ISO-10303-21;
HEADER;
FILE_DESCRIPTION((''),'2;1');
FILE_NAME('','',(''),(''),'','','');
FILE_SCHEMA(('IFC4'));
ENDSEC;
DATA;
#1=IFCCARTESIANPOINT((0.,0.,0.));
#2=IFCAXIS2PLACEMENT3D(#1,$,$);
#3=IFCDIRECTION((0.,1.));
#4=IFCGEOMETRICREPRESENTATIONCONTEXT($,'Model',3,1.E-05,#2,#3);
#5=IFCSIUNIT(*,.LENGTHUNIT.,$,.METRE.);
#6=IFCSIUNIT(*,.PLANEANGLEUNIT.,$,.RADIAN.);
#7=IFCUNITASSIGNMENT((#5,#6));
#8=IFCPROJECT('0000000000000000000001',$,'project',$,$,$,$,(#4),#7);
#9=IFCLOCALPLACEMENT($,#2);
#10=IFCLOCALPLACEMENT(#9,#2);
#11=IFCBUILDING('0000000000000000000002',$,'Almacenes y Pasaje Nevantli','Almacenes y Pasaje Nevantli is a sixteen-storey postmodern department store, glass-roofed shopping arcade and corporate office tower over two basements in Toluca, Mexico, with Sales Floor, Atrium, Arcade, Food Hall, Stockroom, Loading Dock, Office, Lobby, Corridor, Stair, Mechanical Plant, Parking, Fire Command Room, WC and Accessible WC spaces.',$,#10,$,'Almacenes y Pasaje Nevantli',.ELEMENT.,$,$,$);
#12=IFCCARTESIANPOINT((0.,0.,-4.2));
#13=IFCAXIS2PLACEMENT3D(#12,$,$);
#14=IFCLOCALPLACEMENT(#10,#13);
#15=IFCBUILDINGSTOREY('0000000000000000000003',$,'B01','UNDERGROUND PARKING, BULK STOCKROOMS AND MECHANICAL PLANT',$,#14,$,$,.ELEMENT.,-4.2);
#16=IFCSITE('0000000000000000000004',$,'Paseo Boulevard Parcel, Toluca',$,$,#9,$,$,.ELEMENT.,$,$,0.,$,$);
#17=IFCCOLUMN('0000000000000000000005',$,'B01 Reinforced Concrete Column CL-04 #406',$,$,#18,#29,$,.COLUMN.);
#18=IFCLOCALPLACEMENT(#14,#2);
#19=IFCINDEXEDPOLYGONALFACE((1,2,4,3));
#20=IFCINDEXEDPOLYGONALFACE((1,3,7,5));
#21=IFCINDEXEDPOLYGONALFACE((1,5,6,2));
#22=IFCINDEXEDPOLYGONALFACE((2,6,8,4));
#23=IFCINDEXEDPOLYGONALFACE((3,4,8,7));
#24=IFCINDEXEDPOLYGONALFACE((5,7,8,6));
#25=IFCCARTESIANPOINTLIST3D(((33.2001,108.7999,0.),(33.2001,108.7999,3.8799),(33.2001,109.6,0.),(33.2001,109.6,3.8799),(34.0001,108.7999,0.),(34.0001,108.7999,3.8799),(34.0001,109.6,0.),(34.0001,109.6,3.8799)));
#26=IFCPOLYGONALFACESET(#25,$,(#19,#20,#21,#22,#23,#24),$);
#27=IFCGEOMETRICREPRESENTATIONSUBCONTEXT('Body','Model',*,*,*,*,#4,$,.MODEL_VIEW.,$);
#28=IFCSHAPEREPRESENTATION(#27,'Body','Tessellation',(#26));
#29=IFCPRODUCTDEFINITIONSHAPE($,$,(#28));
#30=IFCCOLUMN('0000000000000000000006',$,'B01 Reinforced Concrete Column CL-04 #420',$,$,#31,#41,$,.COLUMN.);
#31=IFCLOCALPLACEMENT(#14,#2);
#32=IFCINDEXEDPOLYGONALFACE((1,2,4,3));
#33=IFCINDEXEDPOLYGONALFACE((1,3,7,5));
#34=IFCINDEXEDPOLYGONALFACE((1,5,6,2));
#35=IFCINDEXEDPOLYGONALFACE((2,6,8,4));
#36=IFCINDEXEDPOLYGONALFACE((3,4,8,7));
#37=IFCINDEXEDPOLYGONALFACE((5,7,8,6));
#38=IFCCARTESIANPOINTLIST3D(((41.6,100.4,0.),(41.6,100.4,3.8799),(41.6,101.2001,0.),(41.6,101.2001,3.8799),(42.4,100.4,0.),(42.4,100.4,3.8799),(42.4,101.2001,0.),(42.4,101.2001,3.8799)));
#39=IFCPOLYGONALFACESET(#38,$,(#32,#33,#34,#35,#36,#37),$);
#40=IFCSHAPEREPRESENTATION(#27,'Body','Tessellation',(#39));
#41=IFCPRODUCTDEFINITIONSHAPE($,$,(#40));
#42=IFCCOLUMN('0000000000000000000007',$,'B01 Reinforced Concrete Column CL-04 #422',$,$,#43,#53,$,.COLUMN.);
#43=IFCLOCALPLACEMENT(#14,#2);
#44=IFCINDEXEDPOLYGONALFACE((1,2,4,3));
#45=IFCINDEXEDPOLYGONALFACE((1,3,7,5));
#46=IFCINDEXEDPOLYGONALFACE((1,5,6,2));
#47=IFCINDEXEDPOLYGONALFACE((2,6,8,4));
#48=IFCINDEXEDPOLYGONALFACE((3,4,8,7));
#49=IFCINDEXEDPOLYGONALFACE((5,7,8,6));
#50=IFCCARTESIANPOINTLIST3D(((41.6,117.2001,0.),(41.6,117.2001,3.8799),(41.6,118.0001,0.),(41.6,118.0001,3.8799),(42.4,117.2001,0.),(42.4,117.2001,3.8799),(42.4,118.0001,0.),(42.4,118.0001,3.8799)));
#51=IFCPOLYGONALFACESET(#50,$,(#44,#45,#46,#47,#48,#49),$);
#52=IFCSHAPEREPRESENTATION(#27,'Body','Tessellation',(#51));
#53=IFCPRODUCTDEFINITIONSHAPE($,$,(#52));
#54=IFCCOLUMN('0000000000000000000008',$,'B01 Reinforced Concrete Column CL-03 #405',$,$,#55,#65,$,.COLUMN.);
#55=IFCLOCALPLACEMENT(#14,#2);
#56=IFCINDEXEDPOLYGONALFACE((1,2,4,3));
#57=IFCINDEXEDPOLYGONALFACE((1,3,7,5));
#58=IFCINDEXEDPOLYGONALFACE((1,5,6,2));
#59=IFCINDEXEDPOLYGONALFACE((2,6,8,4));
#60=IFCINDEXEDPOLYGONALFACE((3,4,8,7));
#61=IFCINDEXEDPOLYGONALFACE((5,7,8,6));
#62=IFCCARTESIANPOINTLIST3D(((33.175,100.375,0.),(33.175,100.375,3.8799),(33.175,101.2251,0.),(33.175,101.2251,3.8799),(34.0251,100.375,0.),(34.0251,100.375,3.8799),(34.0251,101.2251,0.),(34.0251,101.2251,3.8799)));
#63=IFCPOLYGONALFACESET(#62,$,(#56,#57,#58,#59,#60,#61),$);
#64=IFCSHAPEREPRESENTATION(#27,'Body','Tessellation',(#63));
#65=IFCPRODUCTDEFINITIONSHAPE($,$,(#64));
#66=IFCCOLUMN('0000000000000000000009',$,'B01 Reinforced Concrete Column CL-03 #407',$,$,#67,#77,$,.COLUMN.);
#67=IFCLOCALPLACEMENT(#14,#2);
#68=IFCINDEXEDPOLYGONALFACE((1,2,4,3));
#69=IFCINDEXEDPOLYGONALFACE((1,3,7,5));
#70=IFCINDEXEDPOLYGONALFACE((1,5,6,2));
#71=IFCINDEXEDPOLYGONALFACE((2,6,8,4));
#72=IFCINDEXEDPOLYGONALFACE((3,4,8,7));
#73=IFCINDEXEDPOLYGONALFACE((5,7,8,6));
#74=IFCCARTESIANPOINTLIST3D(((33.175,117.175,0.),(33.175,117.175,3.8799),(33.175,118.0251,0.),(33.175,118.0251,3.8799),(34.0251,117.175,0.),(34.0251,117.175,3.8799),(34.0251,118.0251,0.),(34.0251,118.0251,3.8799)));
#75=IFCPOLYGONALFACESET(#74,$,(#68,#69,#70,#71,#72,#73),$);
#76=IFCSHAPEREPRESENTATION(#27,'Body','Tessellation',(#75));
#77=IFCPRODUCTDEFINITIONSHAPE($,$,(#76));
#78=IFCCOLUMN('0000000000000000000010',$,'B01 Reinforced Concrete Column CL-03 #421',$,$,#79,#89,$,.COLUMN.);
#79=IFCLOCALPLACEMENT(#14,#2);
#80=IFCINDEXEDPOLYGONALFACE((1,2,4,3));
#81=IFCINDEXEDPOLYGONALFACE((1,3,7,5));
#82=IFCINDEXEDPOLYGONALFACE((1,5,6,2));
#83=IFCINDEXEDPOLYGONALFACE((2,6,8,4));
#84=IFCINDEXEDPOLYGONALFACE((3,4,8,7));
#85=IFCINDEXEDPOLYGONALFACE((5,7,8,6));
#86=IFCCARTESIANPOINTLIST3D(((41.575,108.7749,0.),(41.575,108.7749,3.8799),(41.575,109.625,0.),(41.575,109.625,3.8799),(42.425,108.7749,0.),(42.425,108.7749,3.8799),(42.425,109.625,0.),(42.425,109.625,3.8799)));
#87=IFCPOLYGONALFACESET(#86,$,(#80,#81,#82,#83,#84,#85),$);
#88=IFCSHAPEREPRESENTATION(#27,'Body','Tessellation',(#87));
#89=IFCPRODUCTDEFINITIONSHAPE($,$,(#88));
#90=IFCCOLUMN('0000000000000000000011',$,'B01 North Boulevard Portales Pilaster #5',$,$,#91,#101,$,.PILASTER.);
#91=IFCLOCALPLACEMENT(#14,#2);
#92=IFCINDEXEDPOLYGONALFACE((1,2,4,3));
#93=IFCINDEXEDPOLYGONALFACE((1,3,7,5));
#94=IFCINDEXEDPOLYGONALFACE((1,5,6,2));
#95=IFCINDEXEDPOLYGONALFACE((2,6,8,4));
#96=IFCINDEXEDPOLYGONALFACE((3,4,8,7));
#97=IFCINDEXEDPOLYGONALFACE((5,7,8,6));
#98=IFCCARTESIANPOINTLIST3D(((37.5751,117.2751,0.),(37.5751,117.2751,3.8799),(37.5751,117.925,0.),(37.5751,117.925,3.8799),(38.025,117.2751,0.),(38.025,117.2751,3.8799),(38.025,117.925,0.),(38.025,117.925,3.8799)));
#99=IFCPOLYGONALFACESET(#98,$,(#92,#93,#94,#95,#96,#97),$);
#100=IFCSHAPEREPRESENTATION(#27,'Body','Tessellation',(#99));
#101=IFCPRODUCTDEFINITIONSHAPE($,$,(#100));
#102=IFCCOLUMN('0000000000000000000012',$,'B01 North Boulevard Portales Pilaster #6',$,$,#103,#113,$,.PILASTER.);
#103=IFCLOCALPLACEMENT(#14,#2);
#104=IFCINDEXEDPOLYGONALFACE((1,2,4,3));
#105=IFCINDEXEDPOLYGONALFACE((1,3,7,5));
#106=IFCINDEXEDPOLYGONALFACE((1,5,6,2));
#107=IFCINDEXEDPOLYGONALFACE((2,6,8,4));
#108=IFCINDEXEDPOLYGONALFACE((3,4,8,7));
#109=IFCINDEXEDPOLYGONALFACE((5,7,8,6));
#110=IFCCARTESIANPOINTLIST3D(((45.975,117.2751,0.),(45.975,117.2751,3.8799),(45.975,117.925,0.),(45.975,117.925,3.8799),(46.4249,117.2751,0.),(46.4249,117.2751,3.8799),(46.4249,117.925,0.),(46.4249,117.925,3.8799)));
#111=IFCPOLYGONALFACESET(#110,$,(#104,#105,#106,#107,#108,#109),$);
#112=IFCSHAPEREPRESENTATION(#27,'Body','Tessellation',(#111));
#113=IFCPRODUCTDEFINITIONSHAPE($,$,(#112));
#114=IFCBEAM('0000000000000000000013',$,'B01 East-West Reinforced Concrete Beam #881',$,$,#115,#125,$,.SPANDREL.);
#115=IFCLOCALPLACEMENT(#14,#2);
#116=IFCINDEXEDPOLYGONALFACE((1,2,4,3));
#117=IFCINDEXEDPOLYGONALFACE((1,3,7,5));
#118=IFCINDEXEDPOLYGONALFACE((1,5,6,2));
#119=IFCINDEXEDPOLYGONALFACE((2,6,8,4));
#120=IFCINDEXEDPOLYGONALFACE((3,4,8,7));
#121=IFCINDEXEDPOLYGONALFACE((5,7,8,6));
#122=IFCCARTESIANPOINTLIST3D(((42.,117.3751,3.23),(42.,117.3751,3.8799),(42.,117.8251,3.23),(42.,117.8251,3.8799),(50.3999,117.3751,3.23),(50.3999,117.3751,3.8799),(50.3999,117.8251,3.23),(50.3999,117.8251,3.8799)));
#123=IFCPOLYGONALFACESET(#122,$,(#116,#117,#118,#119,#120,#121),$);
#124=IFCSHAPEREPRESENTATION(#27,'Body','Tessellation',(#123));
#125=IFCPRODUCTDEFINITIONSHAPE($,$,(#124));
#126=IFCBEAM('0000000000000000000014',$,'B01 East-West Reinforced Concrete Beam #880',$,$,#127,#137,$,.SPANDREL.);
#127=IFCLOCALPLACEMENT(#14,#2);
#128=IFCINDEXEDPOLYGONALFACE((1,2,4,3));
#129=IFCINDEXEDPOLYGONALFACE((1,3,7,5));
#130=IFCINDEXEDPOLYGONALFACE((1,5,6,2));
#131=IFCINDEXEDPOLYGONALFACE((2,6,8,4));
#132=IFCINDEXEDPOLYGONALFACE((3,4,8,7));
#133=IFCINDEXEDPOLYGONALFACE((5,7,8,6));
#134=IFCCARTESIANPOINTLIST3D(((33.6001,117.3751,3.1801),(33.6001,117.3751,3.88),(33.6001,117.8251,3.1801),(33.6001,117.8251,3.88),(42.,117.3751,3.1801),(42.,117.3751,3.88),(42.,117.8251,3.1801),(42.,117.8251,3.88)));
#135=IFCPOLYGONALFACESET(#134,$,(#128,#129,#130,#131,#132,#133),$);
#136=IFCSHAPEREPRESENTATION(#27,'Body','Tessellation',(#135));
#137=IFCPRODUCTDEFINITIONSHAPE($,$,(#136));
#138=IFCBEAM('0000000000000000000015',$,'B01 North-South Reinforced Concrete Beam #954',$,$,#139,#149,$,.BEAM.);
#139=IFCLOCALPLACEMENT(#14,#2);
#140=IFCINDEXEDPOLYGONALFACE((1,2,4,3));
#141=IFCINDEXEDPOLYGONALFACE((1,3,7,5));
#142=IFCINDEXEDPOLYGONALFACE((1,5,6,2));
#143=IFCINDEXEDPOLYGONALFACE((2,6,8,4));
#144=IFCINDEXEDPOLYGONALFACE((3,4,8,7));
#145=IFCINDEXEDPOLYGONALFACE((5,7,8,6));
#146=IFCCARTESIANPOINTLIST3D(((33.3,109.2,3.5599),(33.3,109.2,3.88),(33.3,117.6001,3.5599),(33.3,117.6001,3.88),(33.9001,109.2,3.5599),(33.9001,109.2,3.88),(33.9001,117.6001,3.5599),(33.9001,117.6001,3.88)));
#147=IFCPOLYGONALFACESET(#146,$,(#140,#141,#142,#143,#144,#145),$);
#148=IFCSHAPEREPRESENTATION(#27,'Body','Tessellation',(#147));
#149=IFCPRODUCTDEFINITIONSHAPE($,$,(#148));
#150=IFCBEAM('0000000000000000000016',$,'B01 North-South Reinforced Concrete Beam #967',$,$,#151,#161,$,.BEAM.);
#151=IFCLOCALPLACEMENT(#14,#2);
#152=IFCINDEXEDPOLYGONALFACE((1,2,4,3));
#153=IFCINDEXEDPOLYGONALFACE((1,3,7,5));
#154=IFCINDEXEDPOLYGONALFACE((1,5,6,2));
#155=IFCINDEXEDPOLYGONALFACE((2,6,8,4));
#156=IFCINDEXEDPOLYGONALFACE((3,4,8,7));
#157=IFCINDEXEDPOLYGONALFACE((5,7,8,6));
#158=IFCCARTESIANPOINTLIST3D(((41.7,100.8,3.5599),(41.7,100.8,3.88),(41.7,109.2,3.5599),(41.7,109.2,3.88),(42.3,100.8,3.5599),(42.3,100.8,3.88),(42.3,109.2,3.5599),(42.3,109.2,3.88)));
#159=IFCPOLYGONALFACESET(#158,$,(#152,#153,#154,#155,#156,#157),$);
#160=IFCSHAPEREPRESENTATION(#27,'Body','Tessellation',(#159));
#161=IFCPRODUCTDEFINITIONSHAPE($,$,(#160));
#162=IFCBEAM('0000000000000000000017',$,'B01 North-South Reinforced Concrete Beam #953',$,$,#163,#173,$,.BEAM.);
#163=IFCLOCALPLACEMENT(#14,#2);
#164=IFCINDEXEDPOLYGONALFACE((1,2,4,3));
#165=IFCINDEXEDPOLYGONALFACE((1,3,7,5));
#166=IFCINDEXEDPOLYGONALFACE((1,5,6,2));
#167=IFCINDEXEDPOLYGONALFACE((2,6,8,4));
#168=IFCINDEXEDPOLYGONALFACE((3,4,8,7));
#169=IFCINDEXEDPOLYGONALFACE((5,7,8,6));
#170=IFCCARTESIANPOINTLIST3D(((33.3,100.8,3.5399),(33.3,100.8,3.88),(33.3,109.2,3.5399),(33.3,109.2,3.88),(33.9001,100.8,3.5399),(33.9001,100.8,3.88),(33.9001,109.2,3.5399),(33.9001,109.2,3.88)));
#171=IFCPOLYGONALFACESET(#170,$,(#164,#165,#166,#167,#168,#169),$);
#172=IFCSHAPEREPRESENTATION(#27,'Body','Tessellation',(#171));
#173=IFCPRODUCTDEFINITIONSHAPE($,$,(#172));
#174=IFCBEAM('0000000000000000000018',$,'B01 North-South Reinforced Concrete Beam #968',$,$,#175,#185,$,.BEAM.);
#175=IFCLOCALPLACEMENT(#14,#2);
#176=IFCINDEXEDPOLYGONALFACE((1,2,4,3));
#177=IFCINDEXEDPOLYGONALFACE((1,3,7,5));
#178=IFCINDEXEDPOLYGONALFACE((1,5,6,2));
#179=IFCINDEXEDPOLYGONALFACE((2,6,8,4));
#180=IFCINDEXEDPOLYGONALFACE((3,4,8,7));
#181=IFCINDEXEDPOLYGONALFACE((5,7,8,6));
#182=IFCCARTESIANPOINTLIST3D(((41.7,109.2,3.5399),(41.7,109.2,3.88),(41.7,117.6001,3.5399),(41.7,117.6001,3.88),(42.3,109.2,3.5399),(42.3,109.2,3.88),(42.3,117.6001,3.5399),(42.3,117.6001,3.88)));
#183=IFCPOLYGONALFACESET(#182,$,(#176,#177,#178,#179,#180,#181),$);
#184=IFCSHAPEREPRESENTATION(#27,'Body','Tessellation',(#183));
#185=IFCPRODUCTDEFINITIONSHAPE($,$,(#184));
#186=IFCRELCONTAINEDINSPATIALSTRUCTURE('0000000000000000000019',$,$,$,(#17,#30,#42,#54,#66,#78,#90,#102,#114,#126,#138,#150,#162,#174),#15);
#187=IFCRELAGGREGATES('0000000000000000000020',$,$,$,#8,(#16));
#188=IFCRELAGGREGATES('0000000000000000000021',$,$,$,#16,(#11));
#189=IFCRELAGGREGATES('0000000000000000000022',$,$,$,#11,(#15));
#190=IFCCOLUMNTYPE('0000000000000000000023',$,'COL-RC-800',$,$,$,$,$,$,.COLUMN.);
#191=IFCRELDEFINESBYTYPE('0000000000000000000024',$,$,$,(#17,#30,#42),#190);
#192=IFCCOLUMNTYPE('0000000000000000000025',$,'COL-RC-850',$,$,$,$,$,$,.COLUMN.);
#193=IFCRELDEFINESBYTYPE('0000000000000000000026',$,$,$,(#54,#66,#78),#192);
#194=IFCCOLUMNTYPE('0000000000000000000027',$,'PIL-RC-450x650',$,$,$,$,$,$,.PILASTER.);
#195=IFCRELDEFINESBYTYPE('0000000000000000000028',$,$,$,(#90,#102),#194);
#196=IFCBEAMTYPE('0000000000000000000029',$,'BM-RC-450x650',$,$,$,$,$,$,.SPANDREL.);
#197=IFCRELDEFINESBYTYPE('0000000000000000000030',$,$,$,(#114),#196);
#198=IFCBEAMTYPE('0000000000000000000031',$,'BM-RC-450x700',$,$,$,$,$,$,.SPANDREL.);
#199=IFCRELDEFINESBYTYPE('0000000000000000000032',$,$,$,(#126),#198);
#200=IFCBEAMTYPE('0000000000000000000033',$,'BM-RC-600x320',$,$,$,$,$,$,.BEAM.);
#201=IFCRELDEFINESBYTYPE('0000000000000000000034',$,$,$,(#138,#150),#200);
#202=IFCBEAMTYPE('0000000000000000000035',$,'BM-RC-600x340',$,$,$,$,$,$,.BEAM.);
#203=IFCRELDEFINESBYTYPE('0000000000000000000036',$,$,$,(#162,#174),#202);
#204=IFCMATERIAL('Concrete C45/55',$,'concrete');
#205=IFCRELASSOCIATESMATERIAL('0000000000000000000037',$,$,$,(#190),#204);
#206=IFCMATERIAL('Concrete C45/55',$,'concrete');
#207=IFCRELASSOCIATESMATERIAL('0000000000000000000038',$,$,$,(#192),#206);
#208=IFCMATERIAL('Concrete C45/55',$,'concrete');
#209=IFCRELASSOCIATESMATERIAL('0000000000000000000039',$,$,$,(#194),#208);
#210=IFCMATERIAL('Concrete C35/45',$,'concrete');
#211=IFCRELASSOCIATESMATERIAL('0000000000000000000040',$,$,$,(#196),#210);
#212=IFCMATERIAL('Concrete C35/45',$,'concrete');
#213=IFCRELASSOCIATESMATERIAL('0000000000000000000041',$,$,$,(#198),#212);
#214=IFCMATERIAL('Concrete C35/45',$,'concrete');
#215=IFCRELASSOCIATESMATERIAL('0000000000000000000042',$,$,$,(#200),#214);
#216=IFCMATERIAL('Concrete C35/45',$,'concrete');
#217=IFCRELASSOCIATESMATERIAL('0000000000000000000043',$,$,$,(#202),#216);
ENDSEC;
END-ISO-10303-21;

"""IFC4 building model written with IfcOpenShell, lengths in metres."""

from ifc_helpers import new_model, si_unit, direction, frame, origin, origin_2d, place, context, subcontext, project, spatial, rectangle, extrude, material, material_profile, profile_set, type_object, element, save


model = new_model("IFC4")

# Units and contexts
model_context = context("Model", 3, precision=1e-05, world=origin(), true_north=direction((0.0, 1.0)))
body_context = subcontext(model_context, "Body", "Model", "MODEL_VIEW")
ifc_project = project(units=[si_unit("LENGTHUNIT", "METRE"), si_unit("PLANEANGLEUNIT", "RADIAN")], contexts=[model_context])

# Site, building, storey
site_placement = place(None, origin())
site = spatial("IfcSite", under=ifc_project, at=site_placement, Name="Paseo Boulevard Parcel, Toluca", CompositionType="ELEMENT", RefElevation=0.0)
building_placement = place(site_placement, origin())
building = spatial("IfcBuilding", under=site, at=building_placement, Name="Almacenes y Pasaje Nevantli", Description="Almacenes y Pasaje Nevantli is a sixteen-storey postmodern department store, glass-roofed shopping arcade and corporate office tower over two basements in Toluca, Mexico, with Sales Floor, Atrium, Arcade, Food Hall, Stockroom, Loading Dock, Office, Lobby, Corridor, Stair, Mechanical Plant, Parking, Fire Command Room, WC and Accessible WC spaces.", LongName="Almacenes y Pasaje Nevantli", CompositionType="ELEMENT")
storey_placement = place(building_placement, frame((0.0, 0.0, -4.2)))
storey = spatial("IfcBuildingStorey", under=building, at=storey_placement, Name="B01", Description="UNDERGROUND PARKING, BULK STOCKROOMS AND MECHANICAL PLANT", CompositionType="ELEMENT", Elevation=-4.2)

# Columns
ifc_material_1 = material(Name="Concrete C45/55", Category="concrete")
ifc_material_profile_1 = material_profile(ifc_material_1, rectangle(XDim=0.8, YDim=0.8, at=origin_2d()), Name="RC-COL-800x800")
ifc_profile_set_1 = profile_set([ifc_material_profile_1], Name="Concrete C45/55")
column_type_1 = type_object("IfcColumnType", Name="COL-RC-800", PredefinedType="COLUMN", material=ifc_profile_set_1)
for number, where, z_axis, x_axis, name in (
    (1, (33.6001, 109.2, 0.0), (0.0, 0.0, 1.0), (1.0, 0.0, 0.0), "B01 Reinforced Concrete Column CL-04 #406"),
    (2, (42.0, 100.8, 0.0), (0.0, 0.0, 1.0), (1.0, 0.0, 0.0), "B01 Reinforced Concrete Column CL-04 #420"),
    (3, (42.0, 117.6001, 0.0), (0.0, 0.0, 1.0), (1.0, 0.0, 0.0), "B01 Reinforced Concrete Column CL-04 #422"),
):
    element("IfcColumn", number, at=place(storey_placement, frame(where, z_axis=z_axis, x_axis=x_axis)), inside=storey, type_object=column_type_1, Name=name, PredefinedType="COLUMN", context=body_context, shape_type="SweptSolid", body=[
        extrude(rectangle(XDim=0.8, YDim=0.8, at=origin_2d()), origin(), (0.0, 0.0, 1.0), 3.8799),
    ])
ifc_material_2 = material(Name="Concrete C45/55", Category="concrete")
ifc_material_profile_2 = material_profile(ifc_material_2, rectangle(XDim=0.8501, YDim=0.8501, at=origin_2d()), Name="RC-COL-850x850")
ifc_profile_set_2 = profile_set([ifc_material_profile_2], Name="Concrete C45/55")
column_type_2 = type_object("IfcColumnType", Name="COL-RC-850", PredefinedType="COLUMN", material=ifc_profile_set_2)
for number, where, z_axis, x_axis, name in (
    (4, (33.6001, 100.8, 0.0), (0.0, 0.0, 1.0), (1.0, 0.0, 0.0), "B01 Reinforced Concrete Column CL-03 #405"),
    (5, (33.6001, 117.6001, 0.0), (0.0, 0.0, 1.0), (1.0, 0.0, 0.0), "B01 Reinforced Concrete Column CL-03 #407"),
    (6, (42.0, 109.2, 0.0), (0.0, 0.0, 1.0), (1.0, 0.0, 0.0), "B01 Reinforced Concrete Column CL-03 #421"),
):
    element("IfcColumn", number, at=place(storey_placement, frame(where, z_axis=z_axis, x_axis=x_axis)), inside=storey, type_object=column_type_2, Name=name, PredefinedType="COLUMN", context=body_context, shape_type="SweptSolid", body=[
        extrude(rectangle(XDim=0.8501, YDim=0.8501, at=origin_2d()), origin(), (0.0, 0.0, 1.0), 3.8799),
    ])
ifc_material_3 = material(Name="Concrete C45/55", Category="concrete")
ifc_material_profile_3 = material_profile(ifc_material_3, rectangle(XDim=0.45, YDim=0.6499, at=origin_2d()), Name="RC-PIL-450x650")
ifc_profile_set_3 = profile_set([ifc_material_profile_3], Name="Concrete C45/55")
column_type_3 = type_object("IfcColumnType", Name="PIL-RC-450x650", PredefinedType="PILASTER", material=ifc_profile_set_3)
for number, where, z_axis, x_axis, name in (
    (7, (37.8, 117.6001, 0.0), (0.0, 0.0, 1.0), (1.0, 0.0, 0.0), "B01 North Boulevard Portales Pilaster #5"),
    (8, (46.2, 117.6001, 0.0), (0.0, 0.0, 1.0), (1.0, 0.0, 0.0), "B01 North Boulevard Portales Pilaster #6"),
):
    element("IfcColumn", number, at=place(storey_placement, frame(where, z_axis=z_axis, x_axis=x_axis)), inside=storey, type_object=column_type_3, Name=name, PredefinedType="PILASTER", context=body_context, shape_type="SweptSolid", body=[
        extrude(rectangle(XDim=0.45, YDim=0.6499, at=origin_2d()), origin(), (0.0, 0.0, 1.0), 3.8799),
    ])

# Beams
ifc_material_4 = material(Name="Concrete C35/45", Category="concrete")
ifc_material_profile_4 = material_profile(ifc_material_4, rectangle(XDim=0.45, YDim=0.6499, at=origin_2d()), Name="RC-BM-450x650")
ifc_profile_set_4 = profile_set([ifc_material_profile_4], Name="Concrete C35/45")
beam_type_1 = type_object("IfcBeamType", Name="BM-RC-450x650", PredefinedType="SPANDREL", material=ifc_profile_set_4)
beam_1_placement = place(storey_placement, frame((42.0, 117.6001, 3.5549), z_axis=(1.0, 0.0, 0.0), x_axis=(0.0, 1.0, 0.0)))
element("IfcBeam", 9, at=beam_1_placement, inside=storey, type_object=beam_type_1, Name="B01 East-West Reinforced Concrete Beam #881", PredefinedType="SPANDREL", context=body_context, shape_type="SweptSolid", body=[
    extrude(rectangle(XDim=0.45, YDim=0.6499, at=origin_2d()), origin(), (0.0, 0.0, 1.0), 8.3999),
])
ifc_material_5 = material(Name="Concrete C35/45", Category="concrete")
ifc_material_profile_5 = material_profile(ifc_material_5, rectangle(XDim=0.45, YDim=0.7, at=origin_2d()), Name="RC-BM-450x700")
ifc_profile_set_5 = profile_set([ifc_material_profile_5], Name="Concrete C35/45")
beam_type_2 = type_object("IfcBeamType", Name="BM-RC-450x700", PredefinedType="SPANDREL", material=ifc_profile_set_5)
beam_2_placement = place(storey_placement, frame((33.6001, 117.6001, 3.53), z_axis=(1.0, 0.0, 0.0), x_axis=(0.0, 1.0, 0.0)))
element("IfcBeam", 10, at=beam_2_placement, inside=storey, type_object=beam_type_2, Name="B01 East-West Reinforced Concrete Beam #880", PredefinedType="SPANDREL", context=body_context, shape_type="SweptSolid", body=[
    extrude(rectangle(XDim=0.45, YDim=0.7, at=origin_2d()), origin(), (0.0, 0.0, 1.0), 8.3999),
])
ifc_material_6 = material(Name="Concrete C35/45", Category="concrete")
ifc_material_profile_6 = material_profile(ifc_material_6, rectangle(XDim=0.6001, YDim=0.3201, at=origin_2d()), Name="RC-BM-600x320")
ifc_profile_set_6 = profile_set([ifc_material_profile_6], Name="Concrete C35/45")
beam_type_3 = type_object("IfcBeamType", Name="BM-RC-600x320", PredefinedType="BEAM", material=ifc_profile_set_6)
beam_3_placement = place(storey_placement, frame((33.6001, 109.2, 3.72), z_axis=(0.0, 1.0, 0.0), x_axis=(-1.0, 0.0, 0.0)))
element("IfcBeam", 11, at=beam_3_placement, inside=storey, type_object=beam_type_3, Name="B01 North-South Reinforced Concrete Beam #954", PredefinedType="BEAM", context=body_context, shape_type="SweptSolid", body=[
    extrude(rectangle(XDim=0.6001, YDim=0.3201, at=origin_2d()), origin(), (0.0, 0.0, 1.0), 8.4001),
])
beam_4_placement = place(storey_placement, frame((42.0, 100.8, 3.72), z_axis=(0.0, 1.0, 0.0), x_axis=(-1.0, 0.0, 0.0)))
element("IfcBeam", 12, at=beam_4_placement, inside=storey, type_object=beam_type_3, Name="B01 North-South Reinforced Concrete Beam #967", PredefinedType="BEAM", context=body_context, shape_type="SweptSolid", body=[
    extrude(rectangle(XDim=0.6001, YDim=0.3201, at=origin_2d()), origin(), (0.0, 0.0, 1.0), 8.3999),
])
ifc_material_7 = material(Name="Concrete C35/45", Category="concrete")
ifc_material_profile_7 = material_profile(ifc_material_7, rectangle(XDim=0.6001, YDim=0.3401, at=origin_2d()), Name="RC-BM-600x340")
ifc_profile_set_7 = profile_set([ifc_material_profile_7], Name="Concrete C35/45")
beam_type_4 = type_object("IfcBeamType", Name="BM-RC-600x340", PredefinedType="BEAM", material=ifc_profile_set_7)
beam_5_placement = place(storey_placement, frame((33.6001, 100.8, 3.71), z_axis=(0.0, 1.0, 0.0), x_axis=(-1.0, 0.0, 0.0)))
element("IfcBeam", 13, at=beam_5_placement, inside=storey, type_object=beam_type_4, Name="B01 North-South Reinforced Concrete Beam #953", PredefinedType="BEAM", context=body_context, shape_type="SweptSolid", body=[
    extrude(rectangle(XDim=0.6001, YDim=0.3401, at=origin_2d()), origin(), (0.0, 0.0, 1.0), 8.3999),
])
beam_6_placement = place(storey_placement, frame((42.0, 109.2, 3.71), z_axis=(0.0, 1.0, 0.0), x_axis=(-1.0, 0.0, 0.0)))
element("IfcBeam", 14, at=beam_6_placement, inside=storey, type_object=beam_type_4, Name="B01 North-South Reinforced Concrete Beam #968", PredefinedType="BEAM", context=body_context, shape_type="SweptSolid", body=[
    extrude(rectangle(XDim=0.6001, YDim=0.3401, at=origin_2d()), origin(), (0.0, 0.0, 1.0), 8.4001),
])

save(model, "model.ifc")
